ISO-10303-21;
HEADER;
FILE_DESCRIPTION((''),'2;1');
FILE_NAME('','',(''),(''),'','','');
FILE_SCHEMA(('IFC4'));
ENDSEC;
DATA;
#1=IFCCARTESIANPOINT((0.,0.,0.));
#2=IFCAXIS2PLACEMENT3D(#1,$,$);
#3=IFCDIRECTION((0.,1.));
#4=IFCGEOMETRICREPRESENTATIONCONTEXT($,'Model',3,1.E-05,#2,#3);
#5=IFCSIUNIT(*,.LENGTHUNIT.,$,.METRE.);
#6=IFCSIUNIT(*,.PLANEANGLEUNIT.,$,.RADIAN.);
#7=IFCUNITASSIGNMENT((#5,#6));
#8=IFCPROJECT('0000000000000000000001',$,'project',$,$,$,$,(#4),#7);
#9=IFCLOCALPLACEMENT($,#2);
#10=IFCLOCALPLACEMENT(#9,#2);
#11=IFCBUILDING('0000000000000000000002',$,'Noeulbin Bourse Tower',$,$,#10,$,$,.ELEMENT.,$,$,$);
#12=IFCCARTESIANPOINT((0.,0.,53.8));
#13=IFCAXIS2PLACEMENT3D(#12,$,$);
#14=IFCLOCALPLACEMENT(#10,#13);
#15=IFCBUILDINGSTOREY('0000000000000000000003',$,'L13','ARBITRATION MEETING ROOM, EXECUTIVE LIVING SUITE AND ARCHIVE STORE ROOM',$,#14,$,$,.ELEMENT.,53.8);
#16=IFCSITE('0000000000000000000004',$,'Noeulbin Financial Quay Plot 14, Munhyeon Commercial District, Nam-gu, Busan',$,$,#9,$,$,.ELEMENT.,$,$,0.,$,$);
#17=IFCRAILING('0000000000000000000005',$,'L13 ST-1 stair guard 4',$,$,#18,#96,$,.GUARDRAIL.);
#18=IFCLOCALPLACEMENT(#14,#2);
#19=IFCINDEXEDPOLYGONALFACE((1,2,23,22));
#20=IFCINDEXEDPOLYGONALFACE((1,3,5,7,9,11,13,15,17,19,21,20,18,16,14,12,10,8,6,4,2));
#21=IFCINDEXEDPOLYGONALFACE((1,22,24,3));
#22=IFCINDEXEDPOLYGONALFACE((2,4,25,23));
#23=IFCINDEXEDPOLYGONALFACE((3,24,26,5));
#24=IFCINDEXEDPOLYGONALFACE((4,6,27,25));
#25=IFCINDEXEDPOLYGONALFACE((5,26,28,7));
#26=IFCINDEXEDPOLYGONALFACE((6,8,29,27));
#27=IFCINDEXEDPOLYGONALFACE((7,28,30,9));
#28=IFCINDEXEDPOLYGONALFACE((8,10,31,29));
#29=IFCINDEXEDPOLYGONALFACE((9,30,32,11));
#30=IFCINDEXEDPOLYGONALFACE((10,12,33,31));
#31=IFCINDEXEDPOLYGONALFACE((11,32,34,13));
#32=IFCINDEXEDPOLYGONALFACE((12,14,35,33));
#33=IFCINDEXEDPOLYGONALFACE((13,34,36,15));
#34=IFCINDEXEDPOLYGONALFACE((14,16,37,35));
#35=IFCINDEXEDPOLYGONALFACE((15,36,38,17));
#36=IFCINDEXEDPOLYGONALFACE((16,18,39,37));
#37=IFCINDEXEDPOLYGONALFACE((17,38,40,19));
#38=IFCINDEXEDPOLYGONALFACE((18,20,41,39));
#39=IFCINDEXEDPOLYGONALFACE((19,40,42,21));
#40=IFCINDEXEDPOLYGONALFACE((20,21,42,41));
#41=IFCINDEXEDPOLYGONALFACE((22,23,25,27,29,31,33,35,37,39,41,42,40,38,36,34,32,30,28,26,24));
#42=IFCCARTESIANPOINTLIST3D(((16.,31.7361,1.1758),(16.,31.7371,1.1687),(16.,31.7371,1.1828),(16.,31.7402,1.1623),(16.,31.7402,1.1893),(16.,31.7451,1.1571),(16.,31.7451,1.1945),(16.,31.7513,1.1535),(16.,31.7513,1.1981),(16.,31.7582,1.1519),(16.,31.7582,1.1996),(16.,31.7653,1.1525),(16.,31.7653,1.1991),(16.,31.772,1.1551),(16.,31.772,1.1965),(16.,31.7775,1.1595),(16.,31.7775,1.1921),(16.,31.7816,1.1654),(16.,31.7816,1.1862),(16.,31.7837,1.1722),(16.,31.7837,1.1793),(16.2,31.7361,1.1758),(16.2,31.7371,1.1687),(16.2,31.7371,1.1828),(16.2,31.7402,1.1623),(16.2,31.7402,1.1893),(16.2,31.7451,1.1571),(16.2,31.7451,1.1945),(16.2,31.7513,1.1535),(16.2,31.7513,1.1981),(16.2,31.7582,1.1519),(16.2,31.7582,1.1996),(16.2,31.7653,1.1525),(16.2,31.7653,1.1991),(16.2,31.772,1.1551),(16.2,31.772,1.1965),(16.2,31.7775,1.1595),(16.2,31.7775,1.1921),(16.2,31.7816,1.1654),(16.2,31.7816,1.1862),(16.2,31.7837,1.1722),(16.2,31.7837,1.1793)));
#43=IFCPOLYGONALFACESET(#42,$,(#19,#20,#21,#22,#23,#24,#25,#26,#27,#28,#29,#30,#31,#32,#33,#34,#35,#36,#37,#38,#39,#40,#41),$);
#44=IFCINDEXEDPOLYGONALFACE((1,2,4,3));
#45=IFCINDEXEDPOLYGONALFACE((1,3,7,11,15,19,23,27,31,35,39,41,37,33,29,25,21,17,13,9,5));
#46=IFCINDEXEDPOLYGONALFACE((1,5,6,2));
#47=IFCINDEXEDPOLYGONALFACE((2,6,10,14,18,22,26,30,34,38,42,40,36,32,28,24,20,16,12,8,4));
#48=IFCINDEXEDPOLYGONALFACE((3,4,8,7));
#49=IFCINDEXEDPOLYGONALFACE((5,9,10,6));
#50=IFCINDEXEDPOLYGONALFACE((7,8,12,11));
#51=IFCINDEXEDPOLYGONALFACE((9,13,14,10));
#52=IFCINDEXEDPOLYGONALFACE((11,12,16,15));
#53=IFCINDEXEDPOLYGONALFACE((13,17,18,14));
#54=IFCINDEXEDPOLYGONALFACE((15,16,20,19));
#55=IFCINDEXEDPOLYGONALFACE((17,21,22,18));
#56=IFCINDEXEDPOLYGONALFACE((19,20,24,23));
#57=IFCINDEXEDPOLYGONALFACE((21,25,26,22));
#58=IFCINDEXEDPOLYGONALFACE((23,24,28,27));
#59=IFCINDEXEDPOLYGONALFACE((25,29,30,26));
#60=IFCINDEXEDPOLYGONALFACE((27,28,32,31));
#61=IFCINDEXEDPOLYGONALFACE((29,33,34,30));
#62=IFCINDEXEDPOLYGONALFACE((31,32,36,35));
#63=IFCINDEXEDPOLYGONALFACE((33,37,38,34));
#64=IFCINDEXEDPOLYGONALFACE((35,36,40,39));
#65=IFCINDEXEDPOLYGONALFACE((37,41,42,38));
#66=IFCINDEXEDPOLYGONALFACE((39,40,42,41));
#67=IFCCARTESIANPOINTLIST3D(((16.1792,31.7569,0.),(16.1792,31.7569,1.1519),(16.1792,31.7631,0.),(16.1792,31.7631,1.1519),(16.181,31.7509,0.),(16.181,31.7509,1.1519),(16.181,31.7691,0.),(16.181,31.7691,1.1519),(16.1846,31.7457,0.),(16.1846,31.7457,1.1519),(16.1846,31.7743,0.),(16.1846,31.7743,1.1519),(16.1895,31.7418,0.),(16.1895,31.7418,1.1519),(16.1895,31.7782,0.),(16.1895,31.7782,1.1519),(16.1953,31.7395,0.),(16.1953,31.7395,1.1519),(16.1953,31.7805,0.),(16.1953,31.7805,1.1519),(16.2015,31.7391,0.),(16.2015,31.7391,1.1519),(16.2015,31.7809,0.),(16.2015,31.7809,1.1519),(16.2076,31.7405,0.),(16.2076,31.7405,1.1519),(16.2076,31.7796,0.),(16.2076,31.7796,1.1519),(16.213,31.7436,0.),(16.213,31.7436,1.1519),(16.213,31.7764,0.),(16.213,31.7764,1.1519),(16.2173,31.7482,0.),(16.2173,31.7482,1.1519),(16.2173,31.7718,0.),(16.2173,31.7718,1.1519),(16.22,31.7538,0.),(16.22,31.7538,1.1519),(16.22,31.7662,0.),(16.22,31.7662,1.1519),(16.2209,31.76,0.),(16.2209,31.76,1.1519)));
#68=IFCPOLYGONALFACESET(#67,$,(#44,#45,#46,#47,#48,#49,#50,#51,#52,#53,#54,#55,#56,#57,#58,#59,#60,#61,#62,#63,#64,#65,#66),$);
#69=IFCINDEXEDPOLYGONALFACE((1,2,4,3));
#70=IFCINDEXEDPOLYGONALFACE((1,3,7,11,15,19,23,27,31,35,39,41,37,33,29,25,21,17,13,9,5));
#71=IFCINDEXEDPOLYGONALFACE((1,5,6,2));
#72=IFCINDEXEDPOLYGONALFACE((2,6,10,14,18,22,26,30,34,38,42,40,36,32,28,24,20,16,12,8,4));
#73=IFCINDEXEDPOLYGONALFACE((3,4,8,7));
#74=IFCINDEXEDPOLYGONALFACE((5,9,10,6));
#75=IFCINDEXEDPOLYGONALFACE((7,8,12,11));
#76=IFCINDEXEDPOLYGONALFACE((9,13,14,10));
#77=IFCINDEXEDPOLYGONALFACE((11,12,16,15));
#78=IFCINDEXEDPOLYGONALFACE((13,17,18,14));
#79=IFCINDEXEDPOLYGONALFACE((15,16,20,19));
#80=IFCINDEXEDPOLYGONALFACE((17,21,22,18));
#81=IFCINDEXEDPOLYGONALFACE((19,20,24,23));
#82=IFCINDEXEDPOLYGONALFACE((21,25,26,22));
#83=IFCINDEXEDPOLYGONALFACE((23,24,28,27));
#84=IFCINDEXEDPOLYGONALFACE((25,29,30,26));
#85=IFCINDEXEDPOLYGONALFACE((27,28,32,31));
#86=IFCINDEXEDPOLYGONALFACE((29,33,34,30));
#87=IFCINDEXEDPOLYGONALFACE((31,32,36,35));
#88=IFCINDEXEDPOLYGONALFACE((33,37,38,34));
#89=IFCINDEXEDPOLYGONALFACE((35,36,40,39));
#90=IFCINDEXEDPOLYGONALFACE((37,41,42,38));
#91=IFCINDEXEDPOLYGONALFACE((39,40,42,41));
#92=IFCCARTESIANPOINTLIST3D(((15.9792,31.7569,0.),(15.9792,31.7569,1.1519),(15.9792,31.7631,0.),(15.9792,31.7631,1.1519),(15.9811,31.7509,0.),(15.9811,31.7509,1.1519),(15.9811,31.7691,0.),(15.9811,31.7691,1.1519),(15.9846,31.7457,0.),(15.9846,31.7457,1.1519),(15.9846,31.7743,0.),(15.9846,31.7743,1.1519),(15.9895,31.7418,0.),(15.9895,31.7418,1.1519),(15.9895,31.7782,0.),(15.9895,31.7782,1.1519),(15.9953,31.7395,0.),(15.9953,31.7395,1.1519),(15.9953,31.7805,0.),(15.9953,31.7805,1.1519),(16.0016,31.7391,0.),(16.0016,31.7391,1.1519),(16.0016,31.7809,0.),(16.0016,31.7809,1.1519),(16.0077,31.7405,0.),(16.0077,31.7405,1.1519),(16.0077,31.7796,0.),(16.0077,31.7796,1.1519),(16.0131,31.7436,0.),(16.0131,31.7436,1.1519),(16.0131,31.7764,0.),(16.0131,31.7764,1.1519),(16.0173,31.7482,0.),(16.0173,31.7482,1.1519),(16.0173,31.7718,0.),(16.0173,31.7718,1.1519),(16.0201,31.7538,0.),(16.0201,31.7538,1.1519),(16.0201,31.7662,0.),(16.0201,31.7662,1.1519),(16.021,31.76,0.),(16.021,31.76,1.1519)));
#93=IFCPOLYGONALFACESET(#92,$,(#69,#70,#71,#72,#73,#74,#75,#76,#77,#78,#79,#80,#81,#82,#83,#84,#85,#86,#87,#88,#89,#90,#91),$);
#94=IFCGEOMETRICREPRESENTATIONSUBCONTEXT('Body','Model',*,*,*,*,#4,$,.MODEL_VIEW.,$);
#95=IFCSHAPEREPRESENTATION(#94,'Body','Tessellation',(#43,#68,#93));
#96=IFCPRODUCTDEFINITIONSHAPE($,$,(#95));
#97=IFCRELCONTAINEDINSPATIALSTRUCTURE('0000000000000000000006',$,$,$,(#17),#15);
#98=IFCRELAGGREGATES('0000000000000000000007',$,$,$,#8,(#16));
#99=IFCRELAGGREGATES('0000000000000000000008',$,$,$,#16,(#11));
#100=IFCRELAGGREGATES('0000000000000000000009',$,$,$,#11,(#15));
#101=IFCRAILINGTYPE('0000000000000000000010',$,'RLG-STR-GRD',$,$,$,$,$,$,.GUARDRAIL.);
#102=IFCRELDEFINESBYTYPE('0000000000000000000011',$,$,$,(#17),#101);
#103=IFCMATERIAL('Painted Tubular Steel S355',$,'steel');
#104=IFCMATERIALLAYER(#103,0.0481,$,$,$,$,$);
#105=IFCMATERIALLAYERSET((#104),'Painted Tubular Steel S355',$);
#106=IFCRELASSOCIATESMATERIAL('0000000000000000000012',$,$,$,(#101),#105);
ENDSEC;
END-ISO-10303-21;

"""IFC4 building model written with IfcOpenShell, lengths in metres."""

from ifc_helpers import new_model, si_unit, direction, frame, origin, origin_2d, place, context, subcontext, project, spatial, circle, extrude, material, layer, layer_set, type_object, element, save


model = new_model("IFC4")

# Units and contexts
model_context = context("Model", 3, precision=1e-05, world=origin(), true_north=direction((0.0, 1.0)))
body_context = subcontext(model_context, "Body", "Model", "MODEL_VIEW")
ifc_project = project(units=[si_unit("LENGTHUNIT", "METRE"), si_unit("PLANEANGLEUNIT", "RADIAN")], contexts=[model_context])

# Site, building, storey
site_placement = place(None, origin())
site = spatial("IfcSite", under=ifc_project, at=site_placement, Name="Noeulbin Financial Quay Plot 14, Munhyeon Commercial District, Nam-gu, Busan", CompositionType="ELEMENT", RefElevation=0.0)
building_placement = place(site_placement, origin())
building = spatial("IfcBuilding", under=site, at=building_placement, Name="Noeulbin Bourse Tower", CompositionType="ELEMENT")
storey_placement = place(building_placement, frame((0.0, 0.0, 53.8)))
storey = spatial("IfcBuildingStorey", under=building, at=storey_placement, Name="L13", Description="ARBITRATION MEETING ROOM, EXECUTIVE LIVING SUITE AND ARCHIVE STORE ROOM", CompositionType="ELEMENT", Elevation=53.8)

# Railing
ifc_material_1 = material(Name="Painted Tubular Steel S355", Category="steel")
ifc_layer_1 = layer(ifc_material_1, 0.0481)
ifc_layer_set_1 = layer_set([ifc_layer_1], Name="Painted Tubular Steel S355")
railing_type_1 = type_object("IfcRailingType", Name="RLG-STR-GRD", PredefinedType="GUARDRAIL", material=ifc_layer_set_1)
railing_1_placement = place(storey_placement, frame((16.2, 31.76, 0.0)))
element("IfcRailing", 1, at=railing_1_placement, inside=storey, type_object=railing_type_1, Name="L13 ST-1 stair guard 4", PredefinedType="GUARDRAIL", context=body_context, shape_type="SweptSolid", body=[
    extrude(circle(Radius=0.0239, at=origin_2d()), frame((0.0, 0.0, 1.1758), z_axis=(-1.0, 0.0, 0.0), x_axis=(0.0, -1.0, 0.0)), (0.0, 0.0, 1.0), 0.2),
    extrude(circle(Radius=0.021, at=origin_2d()), origin(), (0.0, 0.0, 1.0), 1.1519),
    extrude(circle(Radius=0.021, at=origin_2d()), frame((-0.2, 0.0, 0.0)), (0.0, 0.0, 1.0), 1.1519),
])

save(model, "model.ifc")
